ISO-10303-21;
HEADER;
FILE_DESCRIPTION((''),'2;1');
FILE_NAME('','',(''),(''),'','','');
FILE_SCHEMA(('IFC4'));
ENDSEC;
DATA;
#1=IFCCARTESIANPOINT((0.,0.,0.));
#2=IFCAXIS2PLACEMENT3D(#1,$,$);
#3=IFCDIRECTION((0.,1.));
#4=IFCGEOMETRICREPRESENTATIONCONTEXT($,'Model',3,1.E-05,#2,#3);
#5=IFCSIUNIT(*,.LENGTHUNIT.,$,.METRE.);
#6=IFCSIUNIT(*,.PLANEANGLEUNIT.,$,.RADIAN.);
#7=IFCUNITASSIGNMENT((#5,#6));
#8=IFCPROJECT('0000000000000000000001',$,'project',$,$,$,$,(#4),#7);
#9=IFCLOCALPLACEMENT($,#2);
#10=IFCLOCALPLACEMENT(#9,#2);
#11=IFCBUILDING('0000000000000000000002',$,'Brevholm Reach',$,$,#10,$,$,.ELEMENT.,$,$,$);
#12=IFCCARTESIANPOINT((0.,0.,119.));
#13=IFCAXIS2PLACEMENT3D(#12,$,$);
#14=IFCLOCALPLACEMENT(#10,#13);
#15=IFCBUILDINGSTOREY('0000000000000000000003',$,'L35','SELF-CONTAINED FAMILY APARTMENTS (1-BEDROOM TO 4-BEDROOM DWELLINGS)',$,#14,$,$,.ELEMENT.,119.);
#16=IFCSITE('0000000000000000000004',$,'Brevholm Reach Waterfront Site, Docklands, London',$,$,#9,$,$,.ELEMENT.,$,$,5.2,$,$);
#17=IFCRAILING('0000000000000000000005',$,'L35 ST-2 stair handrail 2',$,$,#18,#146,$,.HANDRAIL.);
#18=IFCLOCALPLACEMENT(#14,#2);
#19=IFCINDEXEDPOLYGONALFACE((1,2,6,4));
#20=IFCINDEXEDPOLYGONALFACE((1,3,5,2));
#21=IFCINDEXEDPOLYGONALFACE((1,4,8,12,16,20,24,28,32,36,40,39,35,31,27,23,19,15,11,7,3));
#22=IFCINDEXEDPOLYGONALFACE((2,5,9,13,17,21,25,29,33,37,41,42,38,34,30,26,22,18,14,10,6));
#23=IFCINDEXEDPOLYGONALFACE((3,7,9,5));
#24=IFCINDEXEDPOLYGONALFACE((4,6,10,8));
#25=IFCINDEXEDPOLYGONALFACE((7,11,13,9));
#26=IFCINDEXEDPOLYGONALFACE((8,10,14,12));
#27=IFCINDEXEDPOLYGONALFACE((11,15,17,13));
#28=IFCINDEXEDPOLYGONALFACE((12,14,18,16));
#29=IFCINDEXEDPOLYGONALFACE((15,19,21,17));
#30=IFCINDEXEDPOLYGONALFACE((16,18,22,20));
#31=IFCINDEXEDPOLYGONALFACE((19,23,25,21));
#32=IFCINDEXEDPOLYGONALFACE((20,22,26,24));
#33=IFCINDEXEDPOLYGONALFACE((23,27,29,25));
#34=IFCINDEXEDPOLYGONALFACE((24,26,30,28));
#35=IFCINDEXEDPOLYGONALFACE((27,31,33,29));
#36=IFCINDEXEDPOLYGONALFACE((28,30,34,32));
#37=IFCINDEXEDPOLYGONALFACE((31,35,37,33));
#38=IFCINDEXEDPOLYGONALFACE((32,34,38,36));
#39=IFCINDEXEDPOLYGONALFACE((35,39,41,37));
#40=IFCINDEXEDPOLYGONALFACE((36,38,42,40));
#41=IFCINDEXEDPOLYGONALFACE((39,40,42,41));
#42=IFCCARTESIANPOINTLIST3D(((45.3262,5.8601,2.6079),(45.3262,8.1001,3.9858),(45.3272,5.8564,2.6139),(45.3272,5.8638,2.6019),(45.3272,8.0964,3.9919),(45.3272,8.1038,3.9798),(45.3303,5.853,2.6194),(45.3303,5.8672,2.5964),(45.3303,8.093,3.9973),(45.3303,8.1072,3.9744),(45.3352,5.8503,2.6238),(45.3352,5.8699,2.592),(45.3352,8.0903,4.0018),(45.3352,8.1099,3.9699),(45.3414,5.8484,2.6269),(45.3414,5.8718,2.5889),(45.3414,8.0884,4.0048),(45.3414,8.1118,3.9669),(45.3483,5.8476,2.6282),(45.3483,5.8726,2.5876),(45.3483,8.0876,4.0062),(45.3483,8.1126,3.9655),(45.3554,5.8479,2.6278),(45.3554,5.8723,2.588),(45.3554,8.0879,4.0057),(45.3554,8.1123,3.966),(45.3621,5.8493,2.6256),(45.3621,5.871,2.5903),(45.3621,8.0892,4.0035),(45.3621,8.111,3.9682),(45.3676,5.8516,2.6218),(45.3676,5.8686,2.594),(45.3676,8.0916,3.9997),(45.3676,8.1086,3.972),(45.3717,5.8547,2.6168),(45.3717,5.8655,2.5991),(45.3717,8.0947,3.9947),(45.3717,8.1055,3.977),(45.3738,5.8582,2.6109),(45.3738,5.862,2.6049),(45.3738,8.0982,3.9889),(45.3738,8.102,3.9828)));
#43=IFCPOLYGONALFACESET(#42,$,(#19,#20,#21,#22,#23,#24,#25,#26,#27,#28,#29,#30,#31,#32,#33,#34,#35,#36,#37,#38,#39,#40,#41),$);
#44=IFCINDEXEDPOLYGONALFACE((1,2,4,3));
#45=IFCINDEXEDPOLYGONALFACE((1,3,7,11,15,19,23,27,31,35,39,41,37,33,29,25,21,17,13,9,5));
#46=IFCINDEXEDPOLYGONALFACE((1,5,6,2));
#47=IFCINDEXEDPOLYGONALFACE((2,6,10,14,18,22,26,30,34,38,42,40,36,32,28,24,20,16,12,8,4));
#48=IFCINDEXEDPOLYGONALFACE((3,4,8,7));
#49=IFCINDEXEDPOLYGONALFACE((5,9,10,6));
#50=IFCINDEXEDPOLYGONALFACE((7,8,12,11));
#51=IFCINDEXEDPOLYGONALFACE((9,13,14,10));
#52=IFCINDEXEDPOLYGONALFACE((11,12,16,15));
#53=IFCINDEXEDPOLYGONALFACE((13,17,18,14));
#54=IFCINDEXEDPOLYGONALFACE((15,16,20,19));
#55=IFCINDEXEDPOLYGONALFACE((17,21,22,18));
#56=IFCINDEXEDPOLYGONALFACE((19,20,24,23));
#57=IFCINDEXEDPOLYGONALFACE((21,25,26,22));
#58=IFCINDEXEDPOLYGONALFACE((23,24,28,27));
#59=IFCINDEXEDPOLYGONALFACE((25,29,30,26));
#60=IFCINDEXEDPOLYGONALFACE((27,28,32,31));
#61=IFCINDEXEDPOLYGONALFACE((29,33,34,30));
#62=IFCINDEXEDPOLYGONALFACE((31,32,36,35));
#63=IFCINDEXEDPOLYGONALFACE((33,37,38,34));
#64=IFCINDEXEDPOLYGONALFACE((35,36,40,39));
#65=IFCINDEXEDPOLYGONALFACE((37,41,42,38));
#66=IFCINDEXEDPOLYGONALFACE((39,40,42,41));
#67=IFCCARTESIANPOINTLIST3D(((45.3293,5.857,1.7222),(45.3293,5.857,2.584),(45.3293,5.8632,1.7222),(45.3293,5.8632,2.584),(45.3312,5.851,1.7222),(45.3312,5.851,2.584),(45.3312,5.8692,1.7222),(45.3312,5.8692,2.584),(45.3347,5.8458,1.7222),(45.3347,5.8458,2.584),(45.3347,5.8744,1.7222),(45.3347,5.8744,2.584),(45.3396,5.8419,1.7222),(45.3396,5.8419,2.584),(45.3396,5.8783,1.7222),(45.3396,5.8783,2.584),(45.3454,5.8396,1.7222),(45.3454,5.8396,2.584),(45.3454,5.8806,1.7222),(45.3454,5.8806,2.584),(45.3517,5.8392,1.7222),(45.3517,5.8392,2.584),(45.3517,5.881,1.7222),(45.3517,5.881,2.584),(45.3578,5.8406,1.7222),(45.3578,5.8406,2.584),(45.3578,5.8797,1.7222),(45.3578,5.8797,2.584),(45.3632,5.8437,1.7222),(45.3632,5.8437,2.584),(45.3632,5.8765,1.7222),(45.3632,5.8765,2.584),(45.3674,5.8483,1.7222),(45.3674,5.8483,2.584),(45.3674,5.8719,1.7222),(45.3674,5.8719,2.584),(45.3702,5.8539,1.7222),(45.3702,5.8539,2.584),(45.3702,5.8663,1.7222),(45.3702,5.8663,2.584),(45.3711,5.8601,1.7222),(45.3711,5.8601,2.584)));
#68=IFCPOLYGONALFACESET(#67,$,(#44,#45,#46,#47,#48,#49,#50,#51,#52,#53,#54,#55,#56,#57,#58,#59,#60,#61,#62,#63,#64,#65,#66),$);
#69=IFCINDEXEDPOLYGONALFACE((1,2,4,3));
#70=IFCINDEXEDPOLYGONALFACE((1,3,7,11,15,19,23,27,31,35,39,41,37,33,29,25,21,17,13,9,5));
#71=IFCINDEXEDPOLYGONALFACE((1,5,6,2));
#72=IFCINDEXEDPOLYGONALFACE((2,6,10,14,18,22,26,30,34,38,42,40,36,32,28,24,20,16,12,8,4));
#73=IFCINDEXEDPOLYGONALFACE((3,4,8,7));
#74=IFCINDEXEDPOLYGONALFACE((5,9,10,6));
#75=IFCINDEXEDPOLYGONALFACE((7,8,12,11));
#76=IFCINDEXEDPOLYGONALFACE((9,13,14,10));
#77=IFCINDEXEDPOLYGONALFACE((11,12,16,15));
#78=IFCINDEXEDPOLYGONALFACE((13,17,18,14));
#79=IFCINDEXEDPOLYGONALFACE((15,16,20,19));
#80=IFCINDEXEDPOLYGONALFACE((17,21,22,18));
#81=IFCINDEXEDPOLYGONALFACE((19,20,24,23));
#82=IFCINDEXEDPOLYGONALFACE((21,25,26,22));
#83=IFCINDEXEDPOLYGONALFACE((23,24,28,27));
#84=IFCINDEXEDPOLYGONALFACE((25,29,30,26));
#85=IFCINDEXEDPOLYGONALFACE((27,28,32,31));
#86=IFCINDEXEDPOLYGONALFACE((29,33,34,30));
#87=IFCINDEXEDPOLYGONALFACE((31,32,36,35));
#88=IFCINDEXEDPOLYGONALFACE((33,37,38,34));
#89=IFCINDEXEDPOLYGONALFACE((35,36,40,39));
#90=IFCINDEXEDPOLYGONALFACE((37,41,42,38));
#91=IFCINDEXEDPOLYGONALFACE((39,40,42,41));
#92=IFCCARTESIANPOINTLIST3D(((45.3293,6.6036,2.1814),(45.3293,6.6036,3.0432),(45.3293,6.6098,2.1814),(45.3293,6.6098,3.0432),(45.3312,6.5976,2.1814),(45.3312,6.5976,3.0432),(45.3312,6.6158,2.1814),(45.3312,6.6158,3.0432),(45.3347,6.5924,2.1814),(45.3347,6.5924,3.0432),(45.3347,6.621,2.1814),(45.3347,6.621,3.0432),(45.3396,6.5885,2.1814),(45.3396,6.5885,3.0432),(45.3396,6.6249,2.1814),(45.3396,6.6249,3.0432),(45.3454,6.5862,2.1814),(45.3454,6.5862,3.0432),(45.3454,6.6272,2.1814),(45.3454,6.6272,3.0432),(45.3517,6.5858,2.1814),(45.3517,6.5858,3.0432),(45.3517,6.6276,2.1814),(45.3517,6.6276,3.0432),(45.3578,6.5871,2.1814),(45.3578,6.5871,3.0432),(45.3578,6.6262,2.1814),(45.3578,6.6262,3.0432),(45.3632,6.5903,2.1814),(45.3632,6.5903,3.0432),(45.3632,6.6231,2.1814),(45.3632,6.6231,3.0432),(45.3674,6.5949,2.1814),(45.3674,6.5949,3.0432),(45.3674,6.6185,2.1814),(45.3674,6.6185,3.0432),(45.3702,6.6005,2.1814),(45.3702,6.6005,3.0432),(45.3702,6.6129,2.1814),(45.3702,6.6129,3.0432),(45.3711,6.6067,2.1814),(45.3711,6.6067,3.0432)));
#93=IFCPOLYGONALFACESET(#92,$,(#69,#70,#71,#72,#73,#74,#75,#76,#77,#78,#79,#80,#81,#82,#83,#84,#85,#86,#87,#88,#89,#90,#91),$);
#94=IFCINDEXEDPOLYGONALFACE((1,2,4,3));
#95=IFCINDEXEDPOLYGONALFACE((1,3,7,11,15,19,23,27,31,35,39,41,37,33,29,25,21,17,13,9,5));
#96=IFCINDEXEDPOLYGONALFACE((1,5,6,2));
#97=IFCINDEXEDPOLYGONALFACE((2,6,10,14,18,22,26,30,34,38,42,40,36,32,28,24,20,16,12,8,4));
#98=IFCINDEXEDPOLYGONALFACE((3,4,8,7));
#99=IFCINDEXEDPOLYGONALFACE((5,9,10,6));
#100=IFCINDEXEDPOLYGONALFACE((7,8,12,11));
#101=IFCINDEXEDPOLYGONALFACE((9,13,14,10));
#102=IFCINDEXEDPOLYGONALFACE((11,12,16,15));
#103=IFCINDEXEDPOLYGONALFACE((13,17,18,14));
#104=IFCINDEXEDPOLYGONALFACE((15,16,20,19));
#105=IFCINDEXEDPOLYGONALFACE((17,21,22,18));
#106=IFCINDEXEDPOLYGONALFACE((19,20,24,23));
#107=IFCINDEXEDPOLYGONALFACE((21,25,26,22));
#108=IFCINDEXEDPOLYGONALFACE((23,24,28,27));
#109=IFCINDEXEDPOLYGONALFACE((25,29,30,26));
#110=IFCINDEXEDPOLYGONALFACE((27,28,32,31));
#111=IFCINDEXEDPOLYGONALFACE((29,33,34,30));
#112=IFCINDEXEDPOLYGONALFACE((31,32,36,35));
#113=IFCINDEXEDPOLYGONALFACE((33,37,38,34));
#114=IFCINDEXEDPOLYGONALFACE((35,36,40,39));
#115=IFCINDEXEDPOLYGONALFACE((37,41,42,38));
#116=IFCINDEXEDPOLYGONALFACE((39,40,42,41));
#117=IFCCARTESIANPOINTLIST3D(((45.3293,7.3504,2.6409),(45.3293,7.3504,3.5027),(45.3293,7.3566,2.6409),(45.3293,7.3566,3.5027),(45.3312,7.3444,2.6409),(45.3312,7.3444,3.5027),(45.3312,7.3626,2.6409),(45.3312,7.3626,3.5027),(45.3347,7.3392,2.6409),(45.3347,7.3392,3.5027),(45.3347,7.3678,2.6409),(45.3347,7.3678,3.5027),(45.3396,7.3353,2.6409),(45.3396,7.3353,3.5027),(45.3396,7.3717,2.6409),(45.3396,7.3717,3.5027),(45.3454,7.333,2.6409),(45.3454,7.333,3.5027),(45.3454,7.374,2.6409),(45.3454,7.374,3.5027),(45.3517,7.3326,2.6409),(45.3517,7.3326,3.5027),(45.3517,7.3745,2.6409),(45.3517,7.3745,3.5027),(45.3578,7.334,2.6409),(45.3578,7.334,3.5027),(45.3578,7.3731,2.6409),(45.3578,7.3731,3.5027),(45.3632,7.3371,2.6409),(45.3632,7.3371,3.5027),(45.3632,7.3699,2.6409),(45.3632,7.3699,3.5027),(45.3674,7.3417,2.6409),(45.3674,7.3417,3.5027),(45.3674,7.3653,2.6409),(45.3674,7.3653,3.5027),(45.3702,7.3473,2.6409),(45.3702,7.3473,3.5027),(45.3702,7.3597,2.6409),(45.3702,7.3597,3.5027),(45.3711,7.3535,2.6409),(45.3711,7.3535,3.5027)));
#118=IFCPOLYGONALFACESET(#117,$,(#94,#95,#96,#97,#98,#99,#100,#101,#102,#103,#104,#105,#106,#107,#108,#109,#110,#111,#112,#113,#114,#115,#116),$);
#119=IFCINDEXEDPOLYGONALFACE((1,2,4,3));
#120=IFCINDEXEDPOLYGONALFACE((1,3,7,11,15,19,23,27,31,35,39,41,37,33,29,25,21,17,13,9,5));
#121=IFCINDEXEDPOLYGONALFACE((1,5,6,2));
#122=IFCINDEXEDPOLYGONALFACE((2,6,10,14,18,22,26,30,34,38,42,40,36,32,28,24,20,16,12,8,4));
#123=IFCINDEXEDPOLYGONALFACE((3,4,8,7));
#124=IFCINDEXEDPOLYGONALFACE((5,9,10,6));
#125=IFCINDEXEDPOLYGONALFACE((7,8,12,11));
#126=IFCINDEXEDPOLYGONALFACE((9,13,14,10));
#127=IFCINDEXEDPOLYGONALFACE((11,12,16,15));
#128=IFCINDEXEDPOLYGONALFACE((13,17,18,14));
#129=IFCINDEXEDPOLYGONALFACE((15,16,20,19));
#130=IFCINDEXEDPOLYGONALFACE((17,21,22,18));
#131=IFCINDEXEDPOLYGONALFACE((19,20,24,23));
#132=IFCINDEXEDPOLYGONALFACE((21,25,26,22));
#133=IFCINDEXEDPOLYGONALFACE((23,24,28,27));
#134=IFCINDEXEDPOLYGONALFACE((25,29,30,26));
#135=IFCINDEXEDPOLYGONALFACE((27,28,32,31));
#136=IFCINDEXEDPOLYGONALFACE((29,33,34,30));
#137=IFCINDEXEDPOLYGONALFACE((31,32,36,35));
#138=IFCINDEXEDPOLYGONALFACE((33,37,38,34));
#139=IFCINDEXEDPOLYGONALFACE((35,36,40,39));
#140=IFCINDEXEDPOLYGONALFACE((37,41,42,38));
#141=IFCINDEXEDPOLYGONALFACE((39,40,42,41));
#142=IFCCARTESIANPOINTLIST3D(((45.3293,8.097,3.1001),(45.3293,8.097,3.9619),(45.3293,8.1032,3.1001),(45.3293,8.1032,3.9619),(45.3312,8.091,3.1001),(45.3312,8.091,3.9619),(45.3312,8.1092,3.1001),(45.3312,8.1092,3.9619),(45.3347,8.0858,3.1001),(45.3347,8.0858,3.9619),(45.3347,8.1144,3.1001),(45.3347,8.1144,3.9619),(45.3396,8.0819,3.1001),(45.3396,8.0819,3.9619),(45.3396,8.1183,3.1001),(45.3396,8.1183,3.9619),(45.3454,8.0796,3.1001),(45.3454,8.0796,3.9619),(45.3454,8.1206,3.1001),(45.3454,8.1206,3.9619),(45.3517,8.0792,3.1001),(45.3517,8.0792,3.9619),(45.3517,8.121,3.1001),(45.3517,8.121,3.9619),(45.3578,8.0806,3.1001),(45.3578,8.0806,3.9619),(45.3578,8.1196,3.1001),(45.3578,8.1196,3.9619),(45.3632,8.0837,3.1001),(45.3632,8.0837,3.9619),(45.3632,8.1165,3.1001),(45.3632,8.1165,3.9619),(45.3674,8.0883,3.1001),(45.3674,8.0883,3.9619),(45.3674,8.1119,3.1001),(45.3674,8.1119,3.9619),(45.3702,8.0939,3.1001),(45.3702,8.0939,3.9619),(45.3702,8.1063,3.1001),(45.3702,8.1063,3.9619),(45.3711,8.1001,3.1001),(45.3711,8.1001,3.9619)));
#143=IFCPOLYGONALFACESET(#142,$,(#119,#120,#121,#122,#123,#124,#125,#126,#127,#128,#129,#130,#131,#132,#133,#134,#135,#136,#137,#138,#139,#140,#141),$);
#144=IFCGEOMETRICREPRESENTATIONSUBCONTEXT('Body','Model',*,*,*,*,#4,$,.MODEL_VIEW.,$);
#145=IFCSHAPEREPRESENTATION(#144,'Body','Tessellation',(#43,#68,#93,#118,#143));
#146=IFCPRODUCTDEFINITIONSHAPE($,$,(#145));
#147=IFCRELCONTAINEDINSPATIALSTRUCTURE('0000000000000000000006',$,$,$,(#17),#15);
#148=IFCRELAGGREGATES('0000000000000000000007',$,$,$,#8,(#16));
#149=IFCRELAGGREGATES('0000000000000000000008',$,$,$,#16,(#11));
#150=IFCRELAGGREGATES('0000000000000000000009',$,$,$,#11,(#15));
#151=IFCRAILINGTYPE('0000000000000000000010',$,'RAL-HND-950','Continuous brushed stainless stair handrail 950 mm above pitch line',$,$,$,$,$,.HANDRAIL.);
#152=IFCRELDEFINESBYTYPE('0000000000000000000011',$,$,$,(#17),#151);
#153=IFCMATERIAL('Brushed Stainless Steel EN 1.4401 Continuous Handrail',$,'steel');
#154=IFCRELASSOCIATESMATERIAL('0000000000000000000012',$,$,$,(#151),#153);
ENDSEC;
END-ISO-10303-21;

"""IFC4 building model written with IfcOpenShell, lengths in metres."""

from ifc_helpers import new_model, si_unit, direction, frame, origin, origin_2d, place, context, subcontext, project, spatial, circle, extrude, material, type_object, element, save


model = new_model("IFC4")

# Units and contexts
model_context = context("Model", 3, precision=1e-05, world=origin(), true_north=direction((0.0, 1.0)))
body_context = subcontext(model_context, "Body", "Model", "MODEL_VIEW")
ifc_project = project(units=[si_unit("LENGTHUNIT", "METRE"), si_unit("PLANEANGLEUNIT", "RADIAN")], contexts=[model_context])

# Site, building, storey
site_placement = place(None, origin())
site = spatial("IfcSite", under=ifc_project, at=site_placement, Name="Brevholm Reach Waterfront Site, Docklands, London", CompositionType="ELEMENT", RefElevation=5.2)
building_placement = place(site_placement, origin())
building = spatial("IfcBuilding", under=site, at=building_placement, Name="Brevholm Reach", CompositionType="ELEMENT")
storey_placement = place(building_placement, frame((0.0, 0.0, 119.0)))
storey = spatial("IfcBuildingStorey", under=building, at=storey_placement, Name="L35", Description="SELF-CONTAINED FAMILY APARTMENTS (1-BEDROOM TO 4-BEDROOM DWELLINGS)", CompositionType="ELEMENT", Elevation=119.0)

# Railing
ifc_material_1 = material(Name="Brushed Stainless Steel EN 1.4401 Continuous Handrail", Category="steel")
railing_type_1 = type_object("IfcRailingType", Name="RAL-HND-950", Description="Continuous brushed stainless stair handrail 950 mm above pitch line", PredefinedType="HANDRAIL", material=ifc_material_1)
railing_1_placement = place(storey_placement, frame((45.3501, 5.8601, 1.7222)))
element("IfcRailing", 1, at=railing_1_placement, inside=storey, type_object=railing_type_1, Name="L35 ST-2 stair handrail 2", PredefinedType="HANDRAIL", context=body_context, shape_type="SweptSolid", body=[
    extrude(circle(Radius=0.0239, at=origin_2d()), frame((0.0, 0.0, 0.8857), z_axis=(0.0, 0.851748, 0.523952), x_axis=(-1.0, 0.0, 0.0)), (0.0, 0.0, 1.0), 2.6299),
    extrude(circle(Radius=0.021, at=origin_2d()), origin(), (0.0, 0.0, 1.0), 0.8618),
    extrude(circle(Radius=0.021, at=origin_2d()), frame((0.0, 0.7466, 0.4592)), (0.0, 0.0, 1.0), 0.8618),
    extrude(circle(Radius=0.021, at=origin_2d()), frame((0.0, 1.4934, 0.9187)), (0.0, 0.0, 1.0), 0.8618),
    extrude(circle(Radius=0.021, at=origin_2d()), frame((0.0, 2.24, 1.3779)), (0.0, 0.0, 1.0), 0.8618),
])

save(model, "model.ifc")
